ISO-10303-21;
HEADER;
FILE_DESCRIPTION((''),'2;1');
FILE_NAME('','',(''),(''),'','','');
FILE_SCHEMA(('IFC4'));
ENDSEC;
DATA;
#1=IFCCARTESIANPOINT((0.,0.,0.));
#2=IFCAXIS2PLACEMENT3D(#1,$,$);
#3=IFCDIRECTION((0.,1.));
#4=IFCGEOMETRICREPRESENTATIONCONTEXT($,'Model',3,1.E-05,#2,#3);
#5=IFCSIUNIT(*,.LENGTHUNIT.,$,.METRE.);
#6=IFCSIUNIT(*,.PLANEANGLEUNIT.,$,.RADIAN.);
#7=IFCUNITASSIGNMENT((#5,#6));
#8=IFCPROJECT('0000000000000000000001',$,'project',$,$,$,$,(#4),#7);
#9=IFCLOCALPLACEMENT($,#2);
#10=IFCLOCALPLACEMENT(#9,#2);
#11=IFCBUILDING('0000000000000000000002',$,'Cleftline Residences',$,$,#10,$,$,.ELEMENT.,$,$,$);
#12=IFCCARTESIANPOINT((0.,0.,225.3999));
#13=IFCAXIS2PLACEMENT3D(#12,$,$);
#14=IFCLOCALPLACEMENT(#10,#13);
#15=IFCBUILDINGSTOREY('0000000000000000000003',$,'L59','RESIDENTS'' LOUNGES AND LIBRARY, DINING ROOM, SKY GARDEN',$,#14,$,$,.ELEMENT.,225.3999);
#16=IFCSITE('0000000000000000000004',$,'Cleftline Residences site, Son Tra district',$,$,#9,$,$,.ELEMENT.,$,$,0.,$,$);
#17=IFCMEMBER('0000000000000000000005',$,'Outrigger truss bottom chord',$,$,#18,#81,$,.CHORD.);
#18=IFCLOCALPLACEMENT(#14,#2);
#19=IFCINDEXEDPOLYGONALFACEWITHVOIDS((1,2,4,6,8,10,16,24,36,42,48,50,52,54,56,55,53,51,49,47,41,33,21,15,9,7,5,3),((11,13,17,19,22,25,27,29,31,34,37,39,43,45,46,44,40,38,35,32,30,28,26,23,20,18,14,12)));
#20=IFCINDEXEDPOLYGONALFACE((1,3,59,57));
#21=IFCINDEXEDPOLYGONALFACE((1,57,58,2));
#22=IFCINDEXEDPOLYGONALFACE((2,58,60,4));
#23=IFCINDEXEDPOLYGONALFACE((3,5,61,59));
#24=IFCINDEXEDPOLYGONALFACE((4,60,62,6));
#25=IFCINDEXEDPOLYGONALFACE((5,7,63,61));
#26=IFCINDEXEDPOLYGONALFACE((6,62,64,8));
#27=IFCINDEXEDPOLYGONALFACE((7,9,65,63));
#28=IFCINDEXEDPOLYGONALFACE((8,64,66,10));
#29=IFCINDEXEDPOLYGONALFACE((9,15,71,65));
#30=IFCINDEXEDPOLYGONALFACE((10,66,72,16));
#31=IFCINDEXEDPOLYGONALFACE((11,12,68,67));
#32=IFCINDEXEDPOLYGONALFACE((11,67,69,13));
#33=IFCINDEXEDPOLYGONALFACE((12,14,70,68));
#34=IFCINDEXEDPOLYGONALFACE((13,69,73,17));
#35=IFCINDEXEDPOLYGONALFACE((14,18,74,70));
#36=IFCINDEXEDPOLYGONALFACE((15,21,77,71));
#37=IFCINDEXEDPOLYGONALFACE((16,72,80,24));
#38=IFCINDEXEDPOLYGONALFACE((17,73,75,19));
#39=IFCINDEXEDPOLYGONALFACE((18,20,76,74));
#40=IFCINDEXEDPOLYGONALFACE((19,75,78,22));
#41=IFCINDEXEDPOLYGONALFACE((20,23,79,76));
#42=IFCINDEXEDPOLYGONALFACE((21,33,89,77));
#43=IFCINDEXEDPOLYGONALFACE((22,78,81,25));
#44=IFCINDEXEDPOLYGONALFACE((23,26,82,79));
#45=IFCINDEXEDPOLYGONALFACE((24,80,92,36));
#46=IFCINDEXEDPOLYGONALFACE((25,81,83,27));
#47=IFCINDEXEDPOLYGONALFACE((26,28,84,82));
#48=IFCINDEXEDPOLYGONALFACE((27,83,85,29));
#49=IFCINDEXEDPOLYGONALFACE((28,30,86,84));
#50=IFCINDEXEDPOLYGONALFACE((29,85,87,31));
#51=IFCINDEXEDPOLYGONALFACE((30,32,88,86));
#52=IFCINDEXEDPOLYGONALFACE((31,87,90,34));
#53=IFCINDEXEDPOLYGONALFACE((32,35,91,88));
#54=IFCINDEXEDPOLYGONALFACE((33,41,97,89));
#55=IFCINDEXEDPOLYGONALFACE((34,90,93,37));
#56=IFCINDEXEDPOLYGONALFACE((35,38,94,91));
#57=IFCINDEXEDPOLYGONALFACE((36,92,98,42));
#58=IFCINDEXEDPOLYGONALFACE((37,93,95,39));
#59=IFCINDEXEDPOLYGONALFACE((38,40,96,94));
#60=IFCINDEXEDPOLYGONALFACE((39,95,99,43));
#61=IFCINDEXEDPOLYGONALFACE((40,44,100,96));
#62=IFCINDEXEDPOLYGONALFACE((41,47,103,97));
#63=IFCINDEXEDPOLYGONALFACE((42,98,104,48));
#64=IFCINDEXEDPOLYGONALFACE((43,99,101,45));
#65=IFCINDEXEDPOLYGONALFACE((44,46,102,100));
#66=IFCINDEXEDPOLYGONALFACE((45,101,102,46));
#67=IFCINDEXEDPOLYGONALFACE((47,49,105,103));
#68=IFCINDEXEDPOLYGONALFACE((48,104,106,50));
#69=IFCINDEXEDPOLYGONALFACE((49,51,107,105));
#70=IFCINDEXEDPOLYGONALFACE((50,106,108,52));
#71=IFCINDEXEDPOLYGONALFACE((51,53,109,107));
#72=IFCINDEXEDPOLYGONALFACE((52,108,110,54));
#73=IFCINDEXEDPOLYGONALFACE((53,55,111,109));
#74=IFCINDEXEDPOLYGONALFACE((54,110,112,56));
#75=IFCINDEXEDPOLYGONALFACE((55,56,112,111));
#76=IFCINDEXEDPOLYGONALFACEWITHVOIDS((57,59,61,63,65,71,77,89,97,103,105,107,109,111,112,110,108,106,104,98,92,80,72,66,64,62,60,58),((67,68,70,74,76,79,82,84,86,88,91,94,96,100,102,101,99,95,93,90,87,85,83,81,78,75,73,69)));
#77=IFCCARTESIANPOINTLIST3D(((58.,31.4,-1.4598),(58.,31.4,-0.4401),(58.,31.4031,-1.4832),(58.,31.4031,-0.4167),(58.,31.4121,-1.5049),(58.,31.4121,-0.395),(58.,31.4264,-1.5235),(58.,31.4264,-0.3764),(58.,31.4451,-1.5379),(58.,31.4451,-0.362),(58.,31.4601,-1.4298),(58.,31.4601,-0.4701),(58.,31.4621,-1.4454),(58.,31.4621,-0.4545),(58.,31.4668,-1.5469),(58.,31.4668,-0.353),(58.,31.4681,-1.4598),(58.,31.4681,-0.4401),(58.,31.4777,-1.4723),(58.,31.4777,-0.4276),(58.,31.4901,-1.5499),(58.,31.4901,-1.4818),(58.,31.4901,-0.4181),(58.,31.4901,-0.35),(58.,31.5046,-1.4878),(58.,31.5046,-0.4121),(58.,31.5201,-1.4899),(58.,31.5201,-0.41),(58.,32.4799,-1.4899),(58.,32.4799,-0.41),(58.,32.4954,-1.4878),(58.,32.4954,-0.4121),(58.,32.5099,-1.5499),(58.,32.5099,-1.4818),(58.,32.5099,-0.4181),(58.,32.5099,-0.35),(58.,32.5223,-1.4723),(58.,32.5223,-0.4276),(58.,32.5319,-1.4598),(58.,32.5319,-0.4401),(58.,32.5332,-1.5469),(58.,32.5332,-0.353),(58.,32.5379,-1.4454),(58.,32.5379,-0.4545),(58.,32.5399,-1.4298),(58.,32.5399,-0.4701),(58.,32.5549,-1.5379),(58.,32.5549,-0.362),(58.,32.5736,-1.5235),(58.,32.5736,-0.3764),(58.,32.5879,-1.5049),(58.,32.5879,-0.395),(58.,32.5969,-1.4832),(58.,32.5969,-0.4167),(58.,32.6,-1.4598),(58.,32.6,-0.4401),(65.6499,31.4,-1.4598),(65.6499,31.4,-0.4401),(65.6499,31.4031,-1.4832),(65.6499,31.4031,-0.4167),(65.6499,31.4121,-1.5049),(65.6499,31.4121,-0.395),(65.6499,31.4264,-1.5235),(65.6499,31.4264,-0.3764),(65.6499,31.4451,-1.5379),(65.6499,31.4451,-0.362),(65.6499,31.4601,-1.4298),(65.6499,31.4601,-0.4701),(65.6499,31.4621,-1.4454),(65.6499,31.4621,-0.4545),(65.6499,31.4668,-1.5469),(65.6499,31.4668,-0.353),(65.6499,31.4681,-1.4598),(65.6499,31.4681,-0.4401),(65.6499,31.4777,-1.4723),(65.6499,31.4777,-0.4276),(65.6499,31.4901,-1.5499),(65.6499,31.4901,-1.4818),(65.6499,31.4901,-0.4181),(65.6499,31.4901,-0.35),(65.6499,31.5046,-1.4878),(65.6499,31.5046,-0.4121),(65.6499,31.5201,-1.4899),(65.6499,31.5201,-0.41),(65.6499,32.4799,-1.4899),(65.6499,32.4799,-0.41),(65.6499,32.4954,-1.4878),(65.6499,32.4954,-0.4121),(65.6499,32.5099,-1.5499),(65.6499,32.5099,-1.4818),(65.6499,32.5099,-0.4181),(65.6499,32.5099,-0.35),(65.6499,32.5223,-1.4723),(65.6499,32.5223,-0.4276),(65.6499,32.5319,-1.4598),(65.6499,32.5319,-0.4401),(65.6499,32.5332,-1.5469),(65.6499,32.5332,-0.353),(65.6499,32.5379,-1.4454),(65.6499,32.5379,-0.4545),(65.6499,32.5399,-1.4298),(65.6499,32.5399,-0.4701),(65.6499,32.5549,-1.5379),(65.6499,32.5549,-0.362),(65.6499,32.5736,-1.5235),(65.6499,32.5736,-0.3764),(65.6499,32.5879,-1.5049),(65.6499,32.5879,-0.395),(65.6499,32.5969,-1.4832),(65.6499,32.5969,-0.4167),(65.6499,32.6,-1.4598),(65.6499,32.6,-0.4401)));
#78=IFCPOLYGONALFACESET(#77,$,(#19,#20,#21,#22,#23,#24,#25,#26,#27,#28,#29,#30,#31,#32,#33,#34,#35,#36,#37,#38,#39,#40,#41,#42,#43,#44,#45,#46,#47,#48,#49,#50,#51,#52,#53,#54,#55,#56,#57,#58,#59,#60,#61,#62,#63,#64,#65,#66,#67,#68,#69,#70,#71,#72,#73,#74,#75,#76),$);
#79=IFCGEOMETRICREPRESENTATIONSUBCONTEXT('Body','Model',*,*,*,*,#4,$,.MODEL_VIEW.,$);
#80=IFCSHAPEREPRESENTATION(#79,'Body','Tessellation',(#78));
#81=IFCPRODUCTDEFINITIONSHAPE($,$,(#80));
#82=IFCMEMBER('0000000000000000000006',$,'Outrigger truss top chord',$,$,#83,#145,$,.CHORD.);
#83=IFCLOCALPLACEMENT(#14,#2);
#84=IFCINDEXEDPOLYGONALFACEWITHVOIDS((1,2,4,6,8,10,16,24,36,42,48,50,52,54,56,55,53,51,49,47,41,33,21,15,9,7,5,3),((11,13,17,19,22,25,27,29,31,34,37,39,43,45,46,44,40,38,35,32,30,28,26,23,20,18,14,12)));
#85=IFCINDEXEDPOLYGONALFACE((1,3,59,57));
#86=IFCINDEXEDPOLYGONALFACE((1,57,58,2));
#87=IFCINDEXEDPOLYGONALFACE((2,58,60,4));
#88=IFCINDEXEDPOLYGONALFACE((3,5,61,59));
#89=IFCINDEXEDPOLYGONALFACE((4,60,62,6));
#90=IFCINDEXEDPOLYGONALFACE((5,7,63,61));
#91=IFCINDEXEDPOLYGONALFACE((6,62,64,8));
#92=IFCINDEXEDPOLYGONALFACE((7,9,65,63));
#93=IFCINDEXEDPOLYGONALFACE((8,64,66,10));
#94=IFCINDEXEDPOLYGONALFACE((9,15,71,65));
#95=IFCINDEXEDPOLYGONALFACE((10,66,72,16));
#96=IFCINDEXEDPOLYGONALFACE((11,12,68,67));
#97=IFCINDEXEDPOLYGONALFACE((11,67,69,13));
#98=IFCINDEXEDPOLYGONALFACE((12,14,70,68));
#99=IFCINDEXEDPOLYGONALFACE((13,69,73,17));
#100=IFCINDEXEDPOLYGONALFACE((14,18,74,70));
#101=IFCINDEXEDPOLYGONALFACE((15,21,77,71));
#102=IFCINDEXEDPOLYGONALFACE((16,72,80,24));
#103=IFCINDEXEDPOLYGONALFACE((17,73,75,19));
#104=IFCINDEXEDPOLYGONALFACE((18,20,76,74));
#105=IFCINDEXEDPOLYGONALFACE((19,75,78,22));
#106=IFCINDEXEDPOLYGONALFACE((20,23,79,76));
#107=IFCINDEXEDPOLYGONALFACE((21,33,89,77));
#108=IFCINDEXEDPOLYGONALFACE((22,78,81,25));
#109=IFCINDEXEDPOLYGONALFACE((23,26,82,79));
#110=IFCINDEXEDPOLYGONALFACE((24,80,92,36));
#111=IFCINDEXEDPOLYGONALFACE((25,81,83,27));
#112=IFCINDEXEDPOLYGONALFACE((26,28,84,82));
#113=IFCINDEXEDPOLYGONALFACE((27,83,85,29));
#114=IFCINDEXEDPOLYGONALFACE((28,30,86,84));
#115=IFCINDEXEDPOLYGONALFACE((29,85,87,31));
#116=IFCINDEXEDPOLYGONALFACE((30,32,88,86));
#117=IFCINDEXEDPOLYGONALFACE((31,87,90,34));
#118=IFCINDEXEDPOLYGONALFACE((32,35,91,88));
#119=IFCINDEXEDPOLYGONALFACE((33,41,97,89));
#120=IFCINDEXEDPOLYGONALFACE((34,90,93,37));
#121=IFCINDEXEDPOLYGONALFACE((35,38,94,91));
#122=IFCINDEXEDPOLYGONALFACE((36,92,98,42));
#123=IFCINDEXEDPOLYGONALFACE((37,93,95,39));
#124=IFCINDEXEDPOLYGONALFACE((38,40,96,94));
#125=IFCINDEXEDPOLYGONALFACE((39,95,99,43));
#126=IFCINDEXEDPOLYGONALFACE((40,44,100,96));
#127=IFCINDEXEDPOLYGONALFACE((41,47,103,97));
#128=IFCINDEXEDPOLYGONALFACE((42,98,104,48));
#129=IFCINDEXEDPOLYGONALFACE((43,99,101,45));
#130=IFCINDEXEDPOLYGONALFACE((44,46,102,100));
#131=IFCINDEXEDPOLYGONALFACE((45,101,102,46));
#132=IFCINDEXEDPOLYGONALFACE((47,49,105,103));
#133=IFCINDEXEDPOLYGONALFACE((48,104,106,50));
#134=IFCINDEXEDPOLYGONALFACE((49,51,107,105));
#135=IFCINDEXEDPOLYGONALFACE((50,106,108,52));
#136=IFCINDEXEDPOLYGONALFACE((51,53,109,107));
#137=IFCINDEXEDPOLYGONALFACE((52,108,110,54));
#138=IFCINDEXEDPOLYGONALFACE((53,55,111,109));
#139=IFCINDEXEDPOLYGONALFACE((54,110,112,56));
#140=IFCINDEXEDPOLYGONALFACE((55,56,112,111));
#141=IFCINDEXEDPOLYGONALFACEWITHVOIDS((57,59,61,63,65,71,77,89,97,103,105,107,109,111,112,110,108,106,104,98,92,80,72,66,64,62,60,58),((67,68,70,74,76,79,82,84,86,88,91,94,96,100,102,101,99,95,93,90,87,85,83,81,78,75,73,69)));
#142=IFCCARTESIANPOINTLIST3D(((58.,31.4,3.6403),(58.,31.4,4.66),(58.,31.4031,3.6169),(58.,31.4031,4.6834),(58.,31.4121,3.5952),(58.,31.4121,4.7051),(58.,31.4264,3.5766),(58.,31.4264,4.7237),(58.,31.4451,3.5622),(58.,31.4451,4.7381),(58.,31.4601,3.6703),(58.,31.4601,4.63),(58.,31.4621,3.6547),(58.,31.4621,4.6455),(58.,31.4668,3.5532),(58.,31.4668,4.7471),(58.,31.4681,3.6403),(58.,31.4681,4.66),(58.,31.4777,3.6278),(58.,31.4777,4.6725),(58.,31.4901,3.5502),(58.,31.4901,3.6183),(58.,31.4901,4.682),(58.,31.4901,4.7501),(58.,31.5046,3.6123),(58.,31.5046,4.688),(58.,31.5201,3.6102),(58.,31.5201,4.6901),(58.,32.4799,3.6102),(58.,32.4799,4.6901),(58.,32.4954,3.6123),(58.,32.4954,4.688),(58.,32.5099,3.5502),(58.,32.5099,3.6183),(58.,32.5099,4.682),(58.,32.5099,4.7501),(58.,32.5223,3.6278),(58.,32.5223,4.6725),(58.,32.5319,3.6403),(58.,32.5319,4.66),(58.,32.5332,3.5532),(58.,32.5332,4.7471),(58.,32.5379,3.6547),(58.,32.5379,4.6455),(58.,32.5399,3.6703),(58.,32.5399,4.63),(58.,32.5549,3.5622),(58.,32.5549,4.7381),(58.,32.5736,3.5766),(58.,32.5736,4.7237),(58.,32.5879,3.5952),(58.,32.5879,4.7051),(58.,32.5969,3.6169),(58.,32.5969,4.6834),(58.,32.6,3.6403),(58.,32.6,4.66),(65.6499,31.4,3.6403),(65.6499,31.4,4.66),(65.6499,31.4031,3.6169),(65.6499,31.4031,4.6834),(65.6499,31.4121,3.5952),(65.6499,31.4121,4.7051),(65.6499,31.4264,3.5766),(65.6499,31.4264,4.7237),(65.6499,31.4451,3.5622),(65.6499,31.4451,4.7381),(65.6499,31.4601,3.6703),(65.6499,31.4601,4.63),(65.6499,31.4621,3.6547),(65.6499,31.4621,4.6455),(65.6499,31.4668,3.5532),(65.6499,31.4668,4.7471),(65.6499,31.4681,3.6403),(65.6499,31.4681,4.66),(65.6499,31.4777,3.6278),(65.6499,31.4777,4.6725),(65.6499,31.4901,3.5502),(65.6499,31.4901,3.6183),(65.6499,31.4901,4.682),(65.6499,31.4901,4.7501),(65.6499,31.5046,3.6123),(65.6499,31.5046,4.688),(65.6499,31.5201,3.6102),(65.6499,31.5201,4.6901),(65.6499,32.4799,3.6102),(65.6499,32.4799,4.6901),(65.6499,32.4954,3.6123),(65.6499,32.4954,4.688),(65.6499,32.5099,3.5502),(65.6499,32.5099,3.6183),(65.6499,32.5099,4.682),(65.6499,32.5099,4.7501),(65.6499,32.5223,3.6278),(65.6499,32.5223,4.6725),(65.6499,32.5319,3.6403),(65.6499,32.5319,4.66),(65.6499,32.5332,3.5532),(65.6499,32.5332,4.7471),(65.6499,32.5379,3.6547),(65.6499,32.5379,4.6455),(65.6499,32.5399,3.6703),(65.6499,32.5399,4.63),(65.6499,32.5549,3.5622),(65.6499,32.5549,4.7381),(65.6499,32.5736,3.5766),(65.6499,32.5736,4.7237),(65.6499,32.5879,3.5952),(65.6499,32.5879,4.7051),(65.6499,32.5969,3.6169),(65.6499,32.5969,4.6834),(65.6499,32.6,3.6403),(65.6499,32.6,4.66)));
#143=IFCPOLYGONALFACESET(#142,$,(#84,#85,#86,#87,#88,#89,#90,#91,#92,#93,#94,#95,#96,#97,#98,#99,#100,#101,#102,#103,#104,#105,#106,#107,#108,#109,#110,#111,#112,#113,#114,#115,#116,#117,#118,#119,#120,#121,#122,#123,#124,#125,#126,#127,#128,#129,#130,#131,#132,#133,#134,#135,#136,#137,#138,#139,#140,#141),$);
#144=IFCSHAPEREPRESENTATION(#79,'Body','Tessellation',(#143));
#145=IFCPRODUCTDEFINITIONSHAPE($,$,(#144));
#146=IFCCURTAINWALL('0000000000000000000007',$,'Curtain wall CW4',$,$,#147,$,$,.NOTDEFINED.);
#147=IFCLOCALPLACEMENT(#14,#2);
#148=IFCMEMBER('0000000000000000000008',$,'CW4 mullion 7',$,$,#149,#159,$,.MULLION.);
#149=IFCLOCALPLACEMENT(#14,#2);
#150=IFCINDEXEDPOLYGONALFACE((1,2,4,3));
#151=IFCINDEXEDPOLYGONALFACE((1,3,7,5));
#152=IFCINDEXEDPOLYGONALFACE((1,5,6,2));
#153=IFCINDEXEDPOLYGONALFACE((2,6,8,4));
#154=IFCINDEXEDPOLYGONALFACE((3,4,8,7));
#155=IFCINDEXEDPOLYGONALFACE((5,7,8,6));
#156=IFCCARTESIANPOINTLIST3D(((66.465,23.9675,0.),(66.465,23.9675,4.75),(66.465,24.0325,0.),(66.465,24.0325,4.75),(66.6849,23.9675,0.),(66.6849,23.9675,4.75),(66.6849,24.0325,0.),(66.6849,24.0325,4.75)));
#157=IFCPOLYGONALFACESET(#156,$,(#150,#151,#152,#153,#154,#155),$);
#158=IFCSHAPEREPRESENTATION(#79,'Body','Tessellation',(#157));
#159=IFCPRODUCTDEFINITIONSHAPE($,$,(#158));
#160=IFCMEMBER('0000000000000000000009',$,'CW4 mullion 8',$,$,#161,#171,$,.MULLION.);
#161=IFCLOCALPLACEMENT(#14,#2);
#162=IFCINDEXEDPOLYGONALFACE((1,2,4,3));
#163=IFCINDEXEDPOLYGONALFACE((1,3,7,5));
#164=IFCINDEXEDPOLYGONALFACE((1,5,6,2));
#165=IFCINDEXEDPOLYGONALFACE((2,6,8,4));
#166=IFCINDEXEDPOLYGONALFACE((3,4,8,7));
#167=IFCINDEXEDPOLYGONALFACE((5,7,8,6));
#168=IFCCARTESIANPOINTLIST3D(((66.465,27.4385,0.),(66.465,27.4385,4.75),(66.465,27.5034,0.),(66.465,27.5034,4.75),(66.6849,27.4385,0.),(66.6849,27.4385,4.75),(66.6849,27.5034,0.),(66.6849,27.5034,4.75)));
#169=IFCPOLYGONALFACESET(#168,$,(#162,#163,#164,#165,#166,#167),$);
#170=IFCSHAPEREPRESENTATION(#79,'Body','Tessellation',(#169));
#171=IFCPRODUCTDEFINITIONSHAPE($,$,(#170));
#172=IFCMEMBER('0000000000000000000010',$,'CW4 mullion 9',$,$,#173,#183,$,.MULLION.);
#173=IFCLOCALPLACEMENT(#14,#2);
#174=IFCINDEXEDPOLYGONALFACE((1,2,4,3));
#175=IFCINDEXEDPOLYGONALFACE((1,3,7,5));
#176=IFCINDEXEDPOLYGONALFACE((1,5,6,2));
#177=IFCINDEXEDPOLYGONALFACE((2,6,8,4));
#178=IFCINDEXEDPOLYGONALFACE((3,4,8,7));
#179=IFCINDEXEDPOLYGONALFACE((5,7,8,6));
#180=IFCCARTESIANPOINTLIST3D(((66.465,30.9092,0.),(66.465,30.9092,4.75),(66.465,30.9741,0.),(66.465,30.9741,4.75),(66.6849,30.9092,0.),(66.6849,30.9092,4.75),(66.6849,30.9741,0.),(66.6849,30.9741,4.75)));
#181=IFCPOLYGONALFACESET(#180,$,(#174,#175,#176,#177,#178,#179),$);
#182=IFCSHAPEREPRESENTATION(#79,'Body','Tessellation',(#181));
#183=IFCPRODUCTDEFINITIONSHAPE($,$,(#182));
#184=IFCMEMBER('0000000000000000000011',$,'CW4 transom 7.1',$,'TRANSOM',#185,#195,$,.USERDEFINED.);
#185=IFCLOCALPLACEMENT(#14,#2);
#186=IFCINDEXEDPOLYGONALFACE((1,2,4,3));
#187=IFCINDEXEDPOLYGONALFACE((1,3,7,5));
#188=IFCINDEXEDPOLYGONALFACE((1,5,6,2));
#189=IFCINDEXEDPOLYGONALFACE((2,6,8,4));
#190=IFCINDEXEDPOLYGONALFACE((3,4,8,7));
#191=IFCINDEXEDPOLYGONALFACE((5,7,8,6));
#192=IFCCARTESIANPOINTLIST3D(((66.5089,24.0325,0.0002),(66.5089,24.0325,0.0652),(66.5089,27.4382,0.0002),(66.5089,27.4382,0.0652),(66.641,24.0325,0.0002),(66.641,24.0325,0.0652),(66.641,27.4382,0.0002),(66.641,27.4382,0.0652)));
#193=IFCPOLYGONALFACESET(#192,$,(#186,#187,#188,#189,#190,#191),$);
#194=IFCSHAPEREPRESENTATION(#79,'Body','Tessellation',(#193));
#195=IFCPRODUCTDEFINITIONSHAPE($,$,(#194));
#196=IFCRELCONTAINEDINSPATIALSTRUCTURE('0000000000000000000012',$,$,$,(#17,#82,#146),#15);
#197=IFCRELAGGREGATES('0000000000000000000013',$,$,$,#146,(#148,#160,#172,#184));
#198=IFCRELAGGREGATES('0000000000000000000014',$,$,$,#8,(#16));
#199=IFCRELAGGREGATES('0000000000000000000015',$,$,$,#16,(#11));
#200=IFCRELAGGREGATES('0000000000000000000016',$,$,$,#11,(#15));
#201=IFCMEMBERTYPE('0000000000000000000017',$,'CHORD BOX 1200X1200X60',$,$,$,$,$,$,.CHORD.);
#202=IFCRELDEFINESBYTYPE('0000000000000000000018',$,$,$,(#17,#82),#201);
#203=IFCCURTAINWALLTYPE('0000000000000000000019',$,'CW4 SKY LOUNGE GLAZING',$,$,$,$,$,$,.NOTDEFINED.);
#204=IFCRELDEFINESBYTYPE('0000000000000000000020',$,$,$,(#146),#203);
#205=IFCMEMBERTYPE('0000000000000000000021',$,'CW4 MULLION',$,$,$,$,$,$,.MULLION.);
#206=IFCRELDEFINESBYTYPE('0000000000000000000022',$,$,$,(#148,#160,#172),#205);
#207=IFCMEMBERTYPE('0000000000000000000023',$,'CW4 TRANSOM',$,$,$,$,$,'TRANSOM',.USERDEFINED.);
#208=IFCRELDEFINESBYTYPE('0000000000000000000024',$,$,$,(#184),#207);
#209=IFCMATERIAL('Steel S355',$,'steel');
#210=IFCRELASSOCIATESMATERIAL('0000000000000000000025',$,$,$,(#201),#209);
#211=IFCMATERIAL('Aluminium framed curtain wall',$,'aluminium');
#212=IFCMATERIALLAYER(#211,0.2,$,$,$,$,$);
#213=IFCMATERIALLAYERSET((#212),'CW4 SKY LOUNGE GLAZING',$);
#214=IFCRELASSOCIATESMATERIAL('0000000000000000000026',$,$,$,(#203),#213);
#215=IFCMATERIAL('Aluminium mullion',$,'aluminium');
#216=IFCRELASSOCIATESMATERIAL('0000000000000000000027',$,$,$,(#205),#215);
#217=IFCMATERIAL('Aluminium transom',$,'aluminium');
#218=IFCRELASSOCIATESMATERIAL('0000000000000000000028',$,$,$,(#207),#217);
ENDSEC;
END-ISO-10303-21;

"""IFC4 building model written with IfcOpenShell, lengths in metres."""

from ifc_helpers import new_model, si_unit, direction, frame, origin, origin_2d, place, context, subcontext, project, spatial, rectangle, hollow_rectangle, extrude, material, layer, layer_set, material_profile, profile_set, type_object, element, aggregate, save


model = new_model("IFC4")

# Units and contexts
model_context = context("Model", 3, precision=1e-05, world=origin(), true_north=direction((0.0, 1.0)))
body_context = subcontext(model_context, "Body", "Model", "MODEL_VIEW")
ifc_project = project(units=[si_unit("LENGTHUNIT", "METRE"), si_unit("PLANEANGLEUNIT", "RADIAN")], contexts=[model_context])

# Site, building, storey
site_placement = place(None, origin())
site = spatial("IfcSite", under=ifc_project, at=site_placement, Name="Cleftline Residences site, Son Tra district", CompositionType="ELEMENT", RefElevation=0.0)
building_placement = place(site_placement, origin())
building = spatial("IfcBuilding", under=site, at=building_placement, Name="Cleftline Residences", CompositionType="ELEMENT")
storey_placement = place(building_placement, frame((0.0, 0.0, 225.3999)))
storey = spatial("IfcBuildingStorey", under=building, at=storey_placement, Name="L59", Description="RESIDENTS' LOUNGES AND LIBRARY, DINING ROOM, SKY GARDEN", CompositionType="ELEMENT", Elevation=225.3999)

# Members
ifc_material_1 = material(Name="Steel S355", Category="steel")
ifc_material_profile_1 = material_profile(ifc_material_1, hollow_rectangle(XDim=1.2, YDim=1.2, WallThickness=0.0601, InnerFilletRadius=0.0601, OuterFilletRadius=0.0901, at=origin_2d()))
ifc_profile_set_1 = profile_set([ifc_material_profile_1], Name="Steel S355")
member_type_1 = type_object("IfcMemberType", Name="CHORD BOX 1200X1200X60", PredefinedType="CHORD", material=ifc_profile_set_1)
for number, where, z_axis, x_axis, name in (
    (1, (58.0, 32.0, -0.95), (1.0, 0.0, 0.0), (0.0, 1.0, 0.0), "Outrigger truss bottom chord"),
    (2, (58.0, 32.0, 4.1501), (1.0, 0.0, 0.0), (0.0, 1.0, 0.0), "Outrigger truss top chord"),
):
    element("IfcMember", number, at=place(storey_placement, frame(where, z_axis=z_axis, x_axis=x_axis)), inside=storey, type_object=member_type_1, Name=name, PredefinedType="CHORD", context=body_context, shape_type="SweptSolid", body=[
        extrude(hollow_rectangle(XDim=1.2, YDim=1.2, WallThickness=0.0601, InnerFilletRadius=0.0601, OuterFilletRadius=0.0901, at=origin_2d()), origin(), (0.0, 0.0, 1.0), 7.6499),
    ])

# Curtain wall, members
ifc_material_2 = material(Name="Aluminium framed curtain wall", Category="aluminium")
ifc_layer_1 = layer(ifc_material_2, 0.2)
ifc_layer_set_1 = layer_set([ifc_layer_1], Name="CW4 SKY LOUNGE GLAZING")
curtain_wall_type = type_object("IfcCurtainWallType", Name="CW4 SKY LOUNGE GLAZING", PredefinedType="NOTDEFINED", material=ifc_layer_set_1)
curtain_wall_placement = place(storey_placement, origin())
curtain_wall = element("IfcCurtainWall", 3, at=curtain_wall_placement, inside=storey, type_object=curtain_wall_type, Name="Curtain wall CW4", PredefinedType="NOTDEFINED")
ifc_material_3 = material(Name="Aluminium mullion", Category="aluminium")
ifc_material_profile_2 = material_profile(ifc_material_3, rectangle(XDim=0.22, YDim=0.0649, at=origin_2d()))
ifc_profile_set_2 = profile_set([ifc_material_profile_2], Name="Aluminium mullion")
member_type_2 = type_object("IfcMemberType", Name="CW4 MULLION", PredefinedType="MULLION", material=ifc_profile_set_2)
member_1_placement = place(storey_placement, frame((66.575, 24.0, 0.0), z_axis=(0.0, 0.0, 1.0), x_axis=(-1.0, 0.0, 0.0)))
member_1 = element("IfcMember", 4, at=member_1_placement, type_object=member_type_2, Name="CW4 mullion 7", PredefinedType="MULLION", context=body_context, shape_type="SweptSolid", body=[
    extrude(rectangle(XDim=0.22, YDim=0.0649, at=origin_2d()), origin(), (0.0, 0.0, 1.0), 4.75),
])
member_2_placement = place(storey_placement, frame((66.575, 27.4709, 0.0), z_axis=(0.0, 0.0, 1.0), x_axis=(-1.0, 0.0, 0.0)))
member_2 = element("IfcMember", 5, at=member_2_placement, type_object=member_type_2, Name="CW4 mullion 8", PredefinedType="MULLION", context=body_context, shape_type="SweptSolid", body=[
    extrude(rectangle(XDim=0.22, YDim=0.0649, at=origin_2d()), origin(), (0.0, 0.0, 1.0), 4.75),
])
member_3_placement = place(storey_placement, frame((66.575, 30.9417, 0.0), z_axis=(0.0, 0.0, 1.0), x_axis=(-1.0, 0.0, 0.0)))
member_3 = element("IfcMember", 6, at=member_3_placement, type_object=member_type_2, Name="CW4 mullion 9", PredefinedType="MULLION", context=body_context, shape_type="SweptSolid", body=[
    extrude(rectangle(XDim=0.22, YDim=0.0649, at=origin_2d()), origin(), (0.0, 0.0, 1.0), 4.75),
])
ifc_material_4 = material(Name="Aluminium transom", Category="aluminium")
ifc_material_profile_3 = material_profile(ifc_material_4, rectangle(XDim=0.1321, YDim=0.0649, at=origin_2d()))
ifc_profile_set_3 = profile_set([ifc_material_profile_3], Name="Aluminium transom")
member_type_3 = type_object("IfcMemberType", Name="CW4 TRANSOM", ElementType="TRANSOM", PredefinedType="USERDEFINED", material=ifc_profile_set_3)
member_4_placement = place(storey_placement, frame((66.575, 24.0325, 0.0327), z_axis=(0.0, 1.0, 0.0), x_axis=(-1.0, 0.0, 0.0)))
member_4 = element("IfcMember", 7, at=member_4_placement, type_object=member_type_3, Name="CW4 transom 7.1", ObjectType="TRANSOM", PredefinedType="USERDEFINED", context=body_context, shape_type="SweptSolid", body=[
    extrude(rectangle(XDim=0.1321, YDim=0.0649, at=origin_2d()), origin(), (0.0, 0.0, 1.0), 3.4058),
])
aggregate(curtain_wall, [member_1, member_2, member_3, member_4])

save(model, "model.ifc")
